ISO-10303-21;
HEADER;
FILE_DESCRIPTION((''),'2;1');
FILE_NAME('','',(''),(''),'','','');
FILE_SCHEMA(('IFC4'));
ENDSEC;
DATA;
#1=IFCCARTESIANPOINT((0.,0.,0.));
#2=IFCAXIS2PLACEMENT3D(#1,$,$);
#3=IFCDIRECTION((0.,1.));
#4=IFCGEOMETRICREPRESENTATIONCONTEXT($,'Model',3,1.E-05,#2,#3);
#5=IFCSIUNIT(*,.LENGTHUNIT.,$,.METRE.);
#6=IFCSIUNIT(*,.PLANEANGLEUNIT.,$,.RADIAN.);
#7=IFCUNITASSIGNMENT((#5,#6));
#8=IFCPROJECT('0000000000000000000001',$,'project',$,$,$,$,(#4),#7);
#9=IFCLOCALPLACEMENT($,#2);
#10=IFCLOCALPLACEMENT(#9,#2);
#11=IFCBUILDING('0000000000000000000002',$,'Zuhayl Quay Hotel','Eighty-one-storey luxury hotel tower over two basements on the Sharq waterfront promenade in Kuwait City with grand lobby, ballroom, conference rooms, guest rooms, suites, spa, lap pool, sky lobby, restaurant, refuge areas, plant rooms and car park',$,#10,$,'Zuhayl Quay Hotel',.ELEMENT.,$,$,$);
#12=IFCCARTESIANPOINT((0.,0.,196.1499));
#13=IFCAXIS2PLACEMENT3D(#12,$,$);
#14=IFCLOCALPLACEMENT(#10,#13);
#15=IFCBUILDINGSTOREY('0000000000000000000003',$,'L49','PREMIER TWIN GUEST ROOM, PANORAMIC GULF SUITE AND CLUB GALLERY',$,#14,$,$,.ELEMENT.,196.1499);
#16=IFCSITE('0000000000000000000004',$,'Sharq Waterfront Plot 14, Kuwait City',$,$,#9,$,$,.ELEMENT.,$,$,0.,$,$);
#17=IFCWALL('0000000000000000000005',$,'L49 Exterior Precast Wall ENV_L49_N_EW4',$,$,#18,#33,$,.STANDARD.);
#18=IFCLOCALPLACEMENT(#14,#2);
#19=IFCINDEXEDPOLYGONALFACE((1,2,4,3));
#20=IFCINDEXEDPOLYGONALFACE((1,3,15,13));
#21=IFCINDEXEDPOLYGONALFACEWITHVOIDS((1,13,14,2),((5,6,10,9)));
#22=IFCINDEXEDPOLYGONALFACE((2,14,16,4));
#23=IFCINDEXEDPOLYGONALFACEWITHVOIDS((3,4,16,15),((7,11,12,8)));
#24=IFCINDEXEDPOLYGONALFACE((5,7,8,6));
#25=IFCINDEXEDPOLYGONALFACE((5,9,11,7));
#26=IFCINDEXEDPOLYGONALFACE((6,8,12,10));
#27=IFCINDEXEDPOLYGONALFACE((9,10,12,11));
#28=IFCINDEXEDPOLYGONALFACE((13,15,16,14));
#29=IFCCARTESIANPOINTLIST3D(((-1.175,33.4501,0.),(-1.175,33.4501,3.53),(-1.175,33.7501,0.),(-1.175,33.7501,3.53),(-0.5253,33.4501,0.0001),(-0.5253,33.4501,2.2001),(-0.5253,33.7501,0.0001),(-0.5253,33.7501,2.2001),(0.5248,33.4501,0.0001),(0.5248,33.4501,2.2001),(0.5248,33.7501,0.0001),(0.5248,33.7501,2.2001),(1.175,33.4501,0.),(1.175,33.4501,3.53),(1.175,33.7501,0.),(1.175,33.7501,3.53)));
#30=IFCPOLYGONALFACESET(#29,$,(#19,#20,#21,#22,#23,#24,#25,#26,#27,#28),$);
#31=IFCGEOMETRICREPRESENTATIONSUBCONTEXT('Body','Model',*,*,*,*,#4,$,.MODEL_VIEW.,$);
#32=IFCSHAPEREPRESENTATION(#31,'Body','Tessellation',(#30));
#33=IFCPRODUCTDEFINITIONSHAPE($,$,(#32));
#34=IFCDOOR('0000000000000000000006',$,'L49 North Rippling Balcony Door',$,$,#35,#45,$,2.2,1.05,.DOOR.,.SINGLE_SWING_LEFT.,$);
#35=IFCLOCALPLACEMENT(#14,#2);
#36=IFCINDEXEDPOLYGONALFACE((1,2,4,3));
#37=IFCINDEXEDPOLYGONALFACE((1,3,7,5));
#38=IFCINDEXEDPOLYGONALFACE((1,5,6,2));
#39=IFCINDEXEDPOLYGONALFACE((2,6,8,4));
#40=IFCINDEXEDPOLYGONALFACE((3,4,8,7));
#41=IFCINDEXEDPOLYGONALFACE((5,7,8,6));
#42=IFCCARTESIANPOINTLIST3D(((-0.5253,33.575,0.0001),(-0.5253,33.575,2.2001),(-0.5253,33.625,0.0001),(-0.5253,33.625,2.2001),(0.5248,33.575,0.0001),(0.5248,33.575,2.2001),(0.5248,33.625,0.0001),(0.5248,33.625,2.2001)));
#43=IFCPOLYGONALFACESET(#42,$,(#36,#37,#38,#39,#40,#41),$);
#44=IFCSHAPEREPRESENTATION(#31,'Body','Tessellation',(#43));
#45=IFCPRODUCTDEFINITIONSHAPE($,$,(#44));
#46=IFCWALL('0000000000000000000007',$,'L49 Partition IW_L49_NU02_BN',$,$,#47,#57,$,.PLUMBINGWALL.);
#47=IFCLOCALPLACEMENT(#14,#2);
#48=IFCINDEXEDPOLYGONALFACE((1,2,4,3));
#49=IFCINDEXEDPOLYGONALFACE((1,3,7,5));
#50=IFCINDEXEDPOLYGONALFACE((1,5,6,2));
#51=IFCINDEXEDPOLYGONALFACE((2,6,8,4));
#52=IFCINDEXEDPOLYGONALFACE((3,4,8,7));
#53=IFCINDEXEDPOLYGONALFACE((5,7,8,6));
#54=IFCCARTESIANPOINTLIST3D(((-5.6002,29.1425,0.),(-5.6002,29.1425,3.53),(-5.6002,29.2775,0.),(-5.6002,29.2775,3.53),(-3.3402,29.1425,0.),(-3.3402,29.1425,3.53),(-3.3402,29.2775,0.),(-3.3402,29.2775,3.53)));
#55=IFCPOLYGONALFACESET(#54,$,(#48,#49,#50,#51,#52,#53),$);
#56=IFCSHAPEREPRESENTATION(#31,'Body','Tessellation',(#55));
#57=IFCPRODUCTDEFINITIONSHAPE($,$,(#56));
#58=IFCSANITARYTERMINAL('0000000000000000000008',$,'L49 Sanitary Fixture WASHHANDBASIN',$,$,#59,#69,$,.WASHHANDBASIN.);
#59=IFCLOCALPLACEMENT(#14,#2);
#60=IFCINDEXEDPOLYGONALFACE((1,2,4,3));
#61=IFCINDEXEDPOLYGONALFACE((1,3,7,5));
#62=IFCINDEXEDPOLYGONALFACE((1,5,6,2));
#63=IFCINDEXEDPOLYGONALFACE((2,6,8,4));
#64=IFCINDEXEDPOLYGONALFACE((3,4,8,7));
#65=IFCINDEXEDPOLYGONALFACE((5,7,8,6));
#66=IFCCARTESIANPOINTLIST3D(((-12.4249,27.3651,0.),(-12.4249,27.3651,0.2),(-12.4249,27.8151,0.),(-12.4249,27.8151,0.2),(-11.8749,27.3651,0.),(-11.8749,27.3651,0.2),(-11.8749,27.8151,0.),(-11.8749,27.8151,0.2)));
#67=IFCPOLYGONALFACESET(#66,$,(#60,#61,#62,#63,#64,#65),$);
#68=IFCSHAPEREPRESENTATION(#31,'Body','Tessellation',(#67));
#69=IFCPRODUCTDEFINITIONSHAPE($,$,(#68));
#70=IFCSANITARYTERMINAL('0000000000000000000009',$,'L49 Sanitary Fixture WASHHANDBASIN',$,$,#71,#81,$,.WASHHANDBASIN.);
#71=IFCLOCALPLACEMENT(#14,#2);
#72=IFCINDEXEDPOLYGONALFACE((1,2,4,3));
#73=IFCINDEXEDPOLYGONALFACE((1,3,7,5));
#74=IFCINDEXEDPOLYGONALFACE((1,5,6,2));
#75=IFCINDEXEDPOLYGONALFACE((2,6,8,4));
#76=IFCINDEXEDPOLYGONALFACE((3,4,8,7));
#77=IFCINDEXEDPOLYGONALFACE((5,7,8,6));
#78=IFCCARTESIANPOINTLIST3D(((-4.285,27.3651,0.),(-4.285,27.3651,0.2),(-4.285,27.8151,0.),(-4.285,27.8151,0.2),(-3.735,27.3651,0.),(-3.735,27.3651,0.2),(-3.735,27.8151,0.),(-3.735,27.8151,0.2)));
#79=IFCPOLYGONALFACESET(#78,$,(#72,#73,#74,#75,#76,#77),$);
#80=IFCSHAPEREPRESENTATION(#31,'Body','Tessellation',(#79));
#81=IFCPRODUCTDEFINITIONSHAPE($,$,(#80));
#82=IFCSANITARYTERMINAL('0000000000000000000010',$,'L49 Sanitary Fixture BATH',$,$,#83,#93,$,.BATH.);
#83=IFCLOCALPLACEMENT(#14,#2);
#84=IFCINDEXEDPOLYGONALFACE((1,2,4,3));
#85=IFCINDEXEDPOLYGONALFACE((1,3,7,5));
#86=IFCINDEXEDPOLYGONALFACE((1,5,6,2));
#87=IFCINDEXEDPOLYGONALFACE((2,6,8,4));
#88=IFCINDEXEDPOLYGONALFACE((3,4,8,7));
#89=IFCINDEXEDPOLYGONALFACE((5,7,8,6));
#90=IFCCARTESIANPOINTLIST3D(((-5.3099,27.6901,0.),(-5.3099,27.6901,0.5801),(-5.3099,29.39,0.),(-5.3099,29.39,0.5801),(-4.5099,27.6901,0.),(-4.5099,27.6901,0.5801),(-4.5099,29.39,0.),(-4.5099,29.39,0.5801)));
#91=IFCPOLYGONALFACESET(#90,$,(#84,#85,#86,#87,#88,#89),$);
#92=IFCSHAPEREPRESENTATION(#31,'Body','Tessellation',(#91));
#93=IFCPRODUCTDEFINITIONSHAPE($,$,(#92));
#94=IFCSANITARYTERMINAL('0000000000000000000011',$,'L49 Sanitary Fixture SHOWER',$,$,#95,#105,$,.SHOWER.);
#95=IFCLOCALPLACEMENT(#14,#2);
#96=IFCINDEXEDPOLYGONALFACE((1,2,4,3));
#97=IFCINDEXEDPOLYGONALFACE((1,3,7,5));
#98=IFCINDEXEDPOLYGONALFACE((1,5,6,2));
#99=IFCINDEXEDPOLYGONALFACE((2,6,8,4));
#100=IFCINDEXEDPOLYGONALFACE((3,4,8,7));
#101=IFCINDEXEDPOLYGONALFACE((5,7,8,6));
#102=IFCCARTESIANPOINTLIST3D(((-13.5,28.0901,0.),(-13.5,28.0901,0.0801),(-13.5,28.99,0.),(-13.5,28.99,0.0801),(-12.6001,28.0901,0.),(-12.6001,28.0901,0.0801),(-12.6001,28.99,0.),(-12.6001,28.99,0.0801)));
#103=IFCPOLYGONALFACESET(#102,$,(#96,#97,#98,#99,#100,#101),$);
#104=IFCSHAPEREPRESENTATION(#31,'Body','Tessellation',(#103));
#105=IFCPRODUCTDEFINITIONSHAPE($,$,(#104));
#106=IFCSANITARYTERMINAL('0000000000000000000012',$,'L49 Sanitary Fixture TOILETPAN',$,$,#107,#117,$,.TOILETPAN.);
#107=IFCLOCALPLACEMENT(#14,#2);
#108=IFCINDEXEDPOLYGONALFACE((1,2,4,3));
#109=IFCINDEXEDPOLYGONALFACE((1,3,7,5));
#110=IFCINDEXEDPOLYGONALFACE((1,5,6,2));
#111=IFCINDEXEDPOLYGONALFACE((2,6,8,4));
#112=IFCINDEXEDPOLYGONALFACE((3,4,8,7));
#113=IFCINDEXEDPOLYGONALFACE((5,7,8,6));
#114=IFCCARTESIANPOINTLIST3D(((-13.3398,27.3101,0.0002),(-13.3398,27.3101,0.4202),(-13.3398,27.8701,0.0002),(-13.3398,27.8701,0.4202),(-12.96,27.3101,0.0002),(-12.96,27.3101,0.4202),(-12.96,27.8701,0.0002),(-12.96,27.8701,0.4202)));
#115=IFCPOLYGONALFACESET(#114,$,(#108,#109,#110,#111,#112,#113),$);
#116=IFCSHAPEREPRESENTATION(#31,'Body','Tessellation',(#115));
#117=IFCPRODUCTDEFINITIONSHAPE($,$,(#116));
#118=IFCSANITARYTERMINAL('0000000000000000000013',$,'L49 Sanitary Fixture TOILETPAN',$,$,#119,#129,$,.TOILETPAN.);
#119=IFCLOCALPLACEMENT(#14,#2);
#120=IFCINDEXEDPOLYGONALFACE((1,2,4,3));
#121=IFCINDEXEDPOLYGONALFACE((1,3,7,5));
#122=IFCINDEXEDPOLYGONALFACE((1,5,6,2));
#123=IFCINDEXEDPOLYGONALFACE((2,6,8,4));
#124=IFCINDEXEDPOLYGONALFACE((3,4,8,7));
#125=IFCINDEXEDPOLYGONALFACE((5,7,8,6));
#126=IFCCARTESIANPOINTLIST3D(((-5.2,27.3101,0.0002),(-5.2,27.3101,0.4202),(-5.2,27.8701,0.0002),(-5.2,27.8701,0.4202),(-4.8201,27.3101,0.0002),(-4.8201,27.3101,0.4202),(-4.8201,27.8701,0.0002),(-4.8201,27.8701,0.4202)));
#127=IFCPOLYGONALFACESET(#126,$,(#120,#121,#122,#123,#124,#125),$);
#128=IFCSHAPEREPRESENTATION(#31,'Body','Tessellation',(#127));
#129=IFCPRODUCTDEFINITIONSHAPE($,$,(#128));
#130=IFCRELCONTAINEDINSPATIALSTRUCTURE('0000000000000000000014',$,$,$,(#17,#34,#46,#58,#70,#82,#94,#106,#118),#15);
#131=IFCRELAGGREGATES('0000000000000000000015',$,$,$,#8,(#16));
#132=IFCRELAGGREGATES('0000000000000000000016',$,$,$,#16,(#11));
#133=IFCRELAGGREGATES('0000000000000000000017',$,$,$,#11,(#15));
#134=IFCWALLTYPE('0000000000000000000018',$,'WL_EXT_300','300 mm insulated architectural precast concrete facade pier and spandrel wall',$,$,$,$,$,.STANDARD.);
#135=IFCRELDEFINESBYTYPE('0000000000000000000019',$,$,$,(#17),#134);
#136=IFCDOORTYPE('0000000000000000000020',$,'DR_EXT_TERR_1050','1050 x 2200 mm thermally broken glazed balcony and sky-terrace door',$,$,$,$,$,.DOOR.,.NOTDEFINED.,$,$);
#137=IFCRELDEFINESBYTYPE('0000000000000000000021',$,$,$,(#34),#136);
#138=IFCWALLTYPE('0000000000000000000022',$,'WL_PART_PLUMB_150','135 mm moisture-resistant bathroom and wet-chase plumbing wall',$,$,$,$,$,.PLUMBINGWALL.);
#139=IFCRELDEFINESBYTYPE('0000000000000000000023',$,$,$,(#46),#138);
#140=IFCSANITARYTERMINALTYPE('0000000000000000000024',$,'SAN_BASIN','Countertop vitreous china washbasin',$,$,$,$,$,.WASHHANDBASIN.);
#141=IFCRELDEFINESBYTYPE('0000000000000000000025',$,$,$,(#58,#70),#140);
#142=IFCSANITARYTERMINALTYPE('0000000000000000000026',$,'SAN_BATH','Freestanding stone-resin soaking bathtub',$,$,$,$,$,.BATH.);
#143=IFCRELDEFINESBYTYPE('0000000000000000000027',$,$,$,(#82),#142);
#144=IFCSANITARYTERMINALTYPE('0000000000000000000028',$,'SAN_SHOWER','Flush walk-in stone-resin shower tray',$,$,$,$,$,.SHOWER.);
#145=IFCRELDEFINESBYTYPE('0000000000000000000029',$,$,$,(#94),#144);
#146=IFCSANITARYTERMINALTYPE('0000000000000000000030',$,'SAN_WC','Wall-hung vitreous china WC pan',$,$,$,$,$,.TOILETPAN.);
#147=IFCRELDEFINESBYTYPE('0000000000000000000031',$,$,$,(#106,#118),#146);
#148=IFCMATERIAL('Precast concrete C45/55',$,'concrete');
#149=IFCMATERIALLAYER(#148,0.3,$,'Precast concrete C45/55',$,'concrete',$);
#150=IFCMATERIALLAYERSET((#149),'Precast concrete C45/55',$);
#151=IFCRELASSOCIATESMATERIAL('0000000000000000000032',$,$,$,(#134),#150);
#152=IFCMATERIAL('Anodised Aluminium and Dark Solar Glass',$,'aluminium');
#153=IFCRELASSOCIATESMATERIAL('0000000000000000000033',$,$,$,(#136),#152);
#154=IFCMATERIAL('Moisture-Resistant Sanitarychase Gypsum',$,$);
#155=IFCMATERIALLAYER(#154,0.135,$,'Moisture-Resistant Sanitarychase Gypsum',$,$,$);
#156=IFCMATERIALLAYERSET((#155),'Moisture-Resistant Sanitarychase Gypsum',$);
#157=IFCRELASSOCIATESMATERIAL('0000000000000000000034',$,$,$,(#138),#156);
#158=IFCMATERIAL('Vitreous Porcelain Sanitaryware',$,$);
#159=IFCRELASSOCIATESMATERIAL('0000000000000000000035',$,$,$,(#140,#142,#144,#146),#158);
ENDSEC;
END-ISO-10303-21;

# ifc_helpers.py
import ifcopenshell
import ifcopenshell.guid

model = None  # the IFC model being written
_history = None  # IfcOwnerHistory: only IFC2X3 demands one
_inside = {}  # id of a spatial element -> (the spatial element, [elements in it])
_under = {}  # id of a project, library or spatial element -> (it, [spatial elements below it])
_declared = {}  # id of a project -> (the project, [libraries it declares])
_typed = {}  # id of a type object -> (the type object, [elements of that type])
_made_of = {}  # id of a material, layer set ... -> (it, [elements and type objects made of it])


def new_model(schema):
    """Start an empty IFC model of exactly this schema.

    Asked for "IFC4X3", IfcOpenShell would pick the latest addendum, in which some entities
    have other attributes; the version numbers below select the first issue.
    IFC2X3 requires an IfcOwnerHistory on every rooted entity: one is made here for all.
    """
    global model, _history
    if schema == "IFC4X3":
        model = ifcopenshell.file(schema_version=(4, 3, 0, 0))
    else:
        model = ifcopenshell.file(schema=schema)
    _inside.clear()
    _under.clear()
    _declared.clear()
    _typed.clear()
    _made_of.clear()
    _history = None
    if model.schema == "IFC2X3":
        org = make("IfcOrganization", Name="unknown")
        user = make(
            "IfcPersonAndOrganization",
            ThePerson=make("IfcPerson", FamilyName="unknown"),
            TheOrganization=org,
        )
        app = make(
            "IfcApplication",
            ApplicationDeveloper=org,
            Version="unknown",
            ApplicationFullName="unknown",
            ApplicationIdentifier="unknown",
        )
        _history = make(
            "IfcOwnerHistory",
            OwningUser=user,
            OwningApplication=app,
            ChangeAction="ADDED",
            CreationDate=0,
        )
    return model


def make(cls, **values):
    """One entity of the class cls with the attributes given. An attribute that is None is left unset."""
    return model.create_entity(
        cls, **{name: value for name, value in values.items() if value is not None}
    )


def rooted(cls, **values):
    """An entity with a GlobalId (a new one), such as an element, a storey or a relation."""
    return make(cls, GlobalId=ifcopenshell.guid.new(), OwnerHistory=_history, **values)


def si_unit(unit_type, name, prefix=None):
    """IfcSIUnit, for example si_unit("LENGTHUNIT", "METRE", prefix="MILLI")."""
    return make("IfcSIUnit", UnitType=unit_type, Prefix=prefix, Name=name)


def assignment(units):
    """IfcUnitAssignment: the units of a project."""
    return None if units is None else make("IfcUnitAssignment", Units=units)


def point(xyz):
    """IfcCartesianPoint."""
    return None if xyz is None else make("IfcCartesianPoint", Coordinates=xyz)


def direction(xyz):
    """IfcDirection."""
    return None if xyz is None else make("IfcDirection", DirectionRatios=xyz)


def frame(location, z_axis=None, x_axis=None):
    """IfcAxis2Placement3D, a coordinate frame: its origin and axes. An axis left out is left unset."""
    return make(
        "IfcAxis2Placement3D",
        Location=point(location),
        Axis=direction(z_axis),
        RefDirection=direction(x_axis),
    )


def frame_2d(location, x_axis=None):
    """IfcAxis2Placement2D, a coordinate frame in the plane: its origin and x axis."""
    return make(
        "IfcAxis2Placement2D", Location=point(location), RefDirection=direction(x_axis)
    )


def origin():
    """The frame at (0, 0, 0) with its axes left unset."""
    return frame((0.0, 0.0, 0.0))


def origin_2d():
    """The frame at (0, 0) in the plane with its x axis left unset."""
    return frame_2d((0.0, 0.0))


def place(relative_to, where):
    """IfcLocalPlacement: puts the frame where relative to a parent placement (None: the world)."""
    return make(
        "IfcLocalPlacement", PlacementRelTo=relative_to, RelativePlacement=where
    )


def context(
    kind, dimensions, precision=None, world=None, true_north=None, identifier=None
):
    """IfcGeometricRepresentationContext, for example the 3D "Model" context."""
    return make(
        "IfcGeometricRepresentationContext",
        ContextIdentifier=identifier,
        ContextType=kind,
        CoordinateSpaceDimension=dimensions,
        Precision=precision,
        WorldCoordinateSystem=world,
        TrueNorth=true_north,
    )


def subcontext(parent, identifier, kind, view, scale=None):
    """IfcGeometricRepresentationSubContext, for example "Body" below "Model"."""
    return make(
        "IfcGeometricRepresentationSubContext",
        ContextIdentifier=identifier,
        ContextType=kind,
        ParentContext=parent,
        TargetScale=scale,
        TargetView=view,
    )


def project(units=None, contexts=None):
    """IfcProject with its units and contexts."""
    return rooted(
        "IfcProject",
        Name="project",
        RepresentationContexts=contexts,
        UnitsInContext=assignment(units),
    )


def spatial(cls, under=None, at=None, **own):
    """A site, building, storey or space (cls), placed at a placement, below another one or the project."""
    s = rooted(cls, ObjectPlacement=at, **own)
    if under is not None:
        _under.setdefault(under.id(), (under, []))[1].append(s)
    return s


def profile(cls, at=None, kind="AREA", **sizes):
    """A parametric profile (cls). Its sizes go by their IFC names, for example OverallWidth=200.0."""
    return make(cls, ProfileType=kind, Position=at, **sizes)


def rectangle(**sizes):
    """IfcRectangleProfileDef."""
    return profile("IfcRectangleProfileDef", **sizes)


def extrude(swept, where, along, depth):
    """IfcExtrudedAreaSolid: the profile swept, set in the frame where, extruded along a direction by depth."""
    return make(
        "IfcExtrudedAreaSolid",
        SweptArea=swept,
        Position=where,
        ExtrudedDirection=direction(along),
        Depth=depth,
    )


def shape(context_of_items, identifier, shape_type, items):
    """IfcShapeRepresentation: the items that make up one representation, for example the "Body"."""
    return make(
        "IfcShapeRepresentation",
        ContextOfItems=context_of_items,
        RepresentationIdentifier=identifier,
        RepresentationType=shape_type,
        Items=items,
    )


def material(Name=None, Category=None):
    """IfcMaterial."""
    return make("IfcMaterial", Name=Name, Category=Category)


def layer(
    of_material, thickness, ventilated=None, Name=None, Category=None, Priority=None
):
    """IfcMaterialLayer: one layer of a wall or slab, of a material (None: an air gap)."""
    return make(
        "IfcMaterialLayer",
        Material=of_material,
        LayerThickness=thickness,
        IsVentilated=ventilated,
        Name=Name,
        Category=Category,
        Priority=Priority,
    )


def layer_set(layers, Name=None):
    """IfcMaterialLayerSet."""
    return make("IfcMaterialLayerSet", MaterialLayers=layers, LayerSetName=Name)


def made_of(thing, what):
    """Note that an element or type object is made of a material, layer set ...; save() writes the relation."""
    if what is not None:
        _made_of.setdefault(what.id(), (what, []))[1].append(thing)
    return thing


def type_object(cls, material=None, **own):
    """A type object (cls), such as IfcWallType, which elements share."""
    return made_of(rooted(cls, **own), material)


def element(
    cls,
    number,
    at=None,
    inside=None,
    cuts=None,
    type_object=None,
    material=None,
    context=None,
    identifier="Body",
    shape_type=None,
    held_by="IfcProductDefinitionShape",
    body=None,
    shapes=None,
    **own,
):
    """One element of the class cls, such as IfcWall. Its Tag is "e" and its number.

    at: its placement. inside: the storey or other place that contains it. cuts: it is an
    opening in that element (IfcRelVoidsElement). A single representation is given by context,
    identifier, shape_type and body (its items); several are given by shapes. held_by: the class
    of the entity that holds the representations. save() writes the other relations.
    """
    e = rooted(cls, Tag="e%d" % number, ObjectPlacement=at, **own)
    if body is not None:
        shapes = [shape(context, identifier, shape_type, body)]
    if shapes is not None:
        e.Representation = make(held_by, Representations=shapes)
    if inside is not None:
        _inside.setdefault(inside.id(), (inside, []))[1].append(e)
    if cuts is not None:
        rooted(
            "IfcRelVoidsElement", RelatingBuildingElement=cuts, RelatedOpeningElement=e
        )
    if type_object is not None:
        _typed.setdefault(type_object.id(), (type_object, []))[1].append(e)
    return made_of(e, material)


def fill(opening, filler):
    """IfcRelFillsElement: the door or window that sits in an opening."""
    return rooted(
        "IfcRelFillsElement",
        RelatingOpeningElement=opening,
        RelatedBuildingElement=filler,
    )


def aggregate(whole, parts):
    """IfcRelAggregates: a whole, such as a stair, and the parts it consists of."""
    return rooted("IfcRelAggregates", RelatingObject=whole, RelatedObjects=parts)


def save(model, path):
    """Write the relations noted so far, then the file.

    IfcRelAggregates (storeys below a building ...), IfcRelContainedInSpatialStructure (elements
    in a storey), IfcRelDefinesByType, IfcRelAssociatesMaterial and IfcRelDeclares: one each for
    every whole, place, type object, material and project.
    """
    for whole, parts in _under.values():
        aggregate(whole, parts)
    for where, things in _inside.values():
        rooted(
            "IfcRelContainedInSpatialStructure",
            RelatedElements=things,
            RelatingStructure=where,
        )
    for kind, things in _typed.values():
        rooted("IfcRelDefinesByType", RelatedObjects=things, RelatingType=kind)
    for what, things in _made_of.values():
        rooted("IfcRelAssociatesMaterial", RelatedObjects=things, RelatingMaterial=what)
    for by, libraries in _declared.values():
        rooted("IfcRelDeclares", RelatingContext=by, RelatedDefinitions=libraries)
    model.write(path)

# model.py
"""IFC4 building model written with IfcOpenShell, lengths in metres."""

from ifc_helpers import new_model, si_unit, direction, frame, frame_2d, origin, origin_2d, place, context, subcontext, project, spatial, rectangle, extrude, material, layer, layer_set, type_object, element, fill, save


model = new_model("IFC4")

# Units and contexts
model_context = context("Model", 3, precision=1e-05, world=origin(), true_north=direction((0.0, 1.0)))
body_context = subcontext(model_context, "Body", "Model", "MODEL_VIEW")
ifc_project = project(units=[si_unit("LENGTHUNIT", "METRE"), si_unit("PLANEANGLEUNIT", "RADIAN")], contexts=[model_context])

# Site, building, storey
site_placement = place(None, origin())
site = spatial("IfcSite", under=ifc_project, at=site_placement, Name="Sharq Waterfront Plot 14, Kuwait City", CompositionType="ELEMENT", RefElevation=0.0)
building_placement = place(site_placement, origin())
building = spatial("IfcBuilding", under=site, at=building_placement, Name="Zuhayl Quay Hotel", Description="Eighty-one-storey luxury hotel tower over two basements on the Sharq waterfront promenade in Kuwait City with grand lobby, ballroom, conference rooms, guest rooms, suites, spa, lap pool, sky lobby, restaurant, refuge areas, plant rooms and car park", LongName="Zuhayl Quay Hotel", CompositionType="ELEMENT")
storey_placement = place(building_placement, frame((0.0, 0.0, 196.1499)))
storey = spatial("IfcBuildingStorey", under=building, at=storey_placement, Name="L49", Description="PREMIER TWIN GUEST ROOM, PANORAMIC GULF SUITE AND CLUB GALLERY", CompositionType="ELEMENT", Elevation=196.1499)

# Shared definitions
ifc_material_1 = material(Name="Precast concrete C45/55", Category="concrete")
ifc_layer_1 = layer(ifc_material_1, 0.3, Name="Precast concrete C45/55", Category="concrete")
ifc_layer_set_1 = layer_set([ifc_layer_1], Name="Precast concrete C45/55")
wall_type_1 = type_object("IfcWallType", Name="WL_EXT_300", Description="300 mm insulated architectural precast concrete facade pier and spandrel wall", PredefinedType="STANDARD", material=ifc_layer_set_1)

# Wall, opening, door
wall_1_placement = place(storey_placement, frame((-1.175, 33.6001, 0.0), z_axis=(0.0, 0.0, 1.0), x_axis=(1.0, 0.0, 0.0)))
wall_1 = element("IfcWall", 1, at=wall_1_placement, inside=storey, type_object=wall_type_1, Name="L49 Exterior Precast Wall ENV_L49_N_EW4", PredefinedType="STANDARD", context=body_context, shape_type="SweptSolid", body=[
    extrude(rectangle(XDim=2.3501, YDim=0.3, at=frame_2d((1.175, 0.0))), origin(), (0.0, 0.0, 1.0), 3.53),
])
opening_1_placement = place(wall_1_placement, frame((0.6499, 0.0, 0.0)))
opening_1 = element("IfcOpeningElement", 2, at=opening_1_placement, cuts=wall_1, PredefinedType="OPENING", context=body_context, shape_type="SweptSolid", body=[
    extrude(rectangle(XDim=1.05, YDim=2.2, at=frame_2d((0.5249, 1.1001))), frame((0.0, 0.1599, 0.0), z_axis=(0.0, -1.0, 0.0), x_axis=(1.0, 0.0, 0.0)), (0.0, 0.0, 1.0), 0.3201),
])
ifc_material_2 = material(Name="Anodised Aluminium and Dark Solar Glass", Category="aluminium")
door_type = type_object("IfcDoorType", Name="DR_EXT_TERR_1050", Description="1050 x 2200 mm thermally broken glazed balcony and sky-terrace door", OperationType="NOTDEFINED", PredefinedType="DOOR", material=ifc_material_2)
door_placement = place(opening_1_placement, origin())
door = element("IfcDoor", 3, at=door_placement, inside=storey, type_object=door_type, Name="L49 North Rippling Balcony Door", OperationType="SINGLE_SWING_LEFT", OverallHeight=2.2, OverallWidth=1.05, PredefinedType="DOOR", context=body_context, shape_type="SweptSolid", body=[
    extrude(rectangle(XDim=1.05, YDim=2.2, at=frame_2d((0.5249, 1.1001))), frame((0.0, 0.0249, 0.0), z_axis=(0.0, -1.0, 0.0), x_axis=(1.0, 0.0, 0.0)), (0.0, 0.0, 1.0), 0.05),
])
fill(opening_1, door)

# Wall
ifc_material_3 = material(Name="Moisture-Resistant Sanitarychase Gypsum")
ifc_layer_2 = layer(ifc_material_3, 0.135, Name="Moisture-Resistant Sanitarychase Gypsum")
ifc_layer_set_2 = layer_set([ifc_layer_2], Name="Moisture-Resistant Sanitarychase Gypsum")
wall_type_2 = type_object("IfcWallType", Name="WL_PART_PLUMB_150", Description="135 mm moisture-resistant bathroom and wet-chase plumbing wall", PredefinedType="PLUMBINGWALL", material=ifc_layer_set_2)
wall_2_placement = place(storey_placement, frame((-5.6001, 29.21, 0.0), z_axis=(0.0, 0.0, 1.0), x_axis=(1.0, 0.0, 0.0)))
element("IfcWall", 4, at=wall_2_placement, inside=storey, type_object=wall_type_2, Name="L49 Partition IW_L49_NU02_BN", PredefinedType="PLUMBINGWALL", context=body_context, shape_type="SweptSolid", body=[
    extrude(rectangle(XDim=2.26, YDim=0.135, at=frame_2d((1.1299, 0.0))), origin(), (0.0, 0.0, 1.0), 3.53),
])

# Sanitary terminals
ifc_material_4 = material(Name="Vitreous Porcelain Sanitaryware")
sanitary_terminal_type_1 = type_object("IfcSanitaryTerminalType", Name="SAN_BASIN", Description="Countertop vitreous china washbasin", PredefinedType="WASHHANDBASIN", material=ifc_material_4)
for number, where, z_axis, x_axis, name in (
    (5, (-12.1499, 27.5901, 0.0), (0.0, 0.0, 1.0), (1.0, 0.0, 0.0), "L49 Sanitary Fixture WASHHANDBASIN"),
    (6, (-4.01, 27.5901, 0.0), (0.0, 0.0, 1.0), (1.0, 0.0, 0.0), "L49 Sanitary Fixture WASHHANDBASIN"),
):
    element("IfcSanitaryTerminal", number, at=place(storey_placement, frame(where, z_axis=z_axis, x_axis=x_axis)), inside=storey, type_object=sanitary_terminal_type_1, Name=name, PredefinedType="WASHHANDBASIN", context=body_context, shape_type="SweptSolid", body=[
        extrude(rectangle(XDim=0.55, YDim=0.45, at=origin_2d()), origin(), (0.0, 0.0, 1.0), 0.2),
    ])
sanitary_terminal_type_2 = type_object("IfcSanitaryTerminalType", Name="SAN_BATH", Description="Freestanding stone-resin soaking bathtub", PredefinedType="BATH", material=ifc_material_4)
sanitary_terminal_1_placement = place(storey_placement, frame((-4.9099, 28.54, 0.0), z_axis=(0.0, 0.0, 1.0), x_axis=(1.0, 0.0, 0.0)))
element("IfcSanitaryTerminal", 7, at=sanitary_terminal_1_placement, inside=storey, type_object=sanitary_terminal_type_2, Name="L49 Sanitary Fixture BATH", PredefinedType="BATH", context=body_context, shape_type="SweptSolid", body=[
    extrude(rectangle(XDim=0.8, YDim=1.7, at=origin_2d()), origin(), (0.0, 0.0, 1.0), 0.5801),
])
sanitary_terminal_type_3 = type_object("IfcSanitaryTerminalType", Name="SAN_SHOWER", Description="Flush walk-in stone-resin shower tray", PredefinedType="SHOWER", material=ifc_material_4)
sanitary_terminal_2_placement = place(storey_placement, frame((-13.05, 28.54, 0.0), z_axis=(0.0, 0.0, 1.0), x_axis=(1.0, 0.0, 0.0)))
element("IfcSanitaryTerminal", 8, at=sanitary_terminal_2_placement, inside=storey, type_object=sanitary_terminal_type_3, Name="L49 Sanitary Fixture SHOWER", PredefinedType="SHOWER", context=body_context, shape_type="SweptSolid", body=[
    extrude(rectangle(XDim=0.8999, YDim=0.8999, at=origin_2d()), origin(), (0.0, 0.0, 1.0), 0.0801),
])
sanitary_terminal_type_4 = type_object("IfcSanitaryTerminalType", Name="SAN_WC", Description="Wall-hung vitreous china WC pan", PredefinedType="TOILETPAN", material=ifc_material_4)
for number, where, z_axis, x_axis, name in (
    (9, (-13.1499, 27.5901, 0.0002), (0.0, 0.0, 1.0), (1.0, 0.0, 0.0), "L49 Sanitary Fixture TOILETPAN"),
    (10, (-5.01, 27.5901, 0.0002), (0.0, 0.0, 1.0), (1.0, 0.0, 0.0), "L49 Sanitary Fixture TOILETPAN"),
):
    element("IfcSanitaryTerminal", number, at=place(storey_placement, frame(where, z_axis=z_axis, x_axis=x_axis)), inside=storey, type_object=sanitary_terminal_type_4, Name=name, PredefinedType="TOILETPAN", context=body_context, shape_type="SweptSolid", body=[
        extrude(rectangle(XDim=0.3799, YDim=0.5601, at=origin_2d()), origin(), (0.0, 0.0, 1.0), 0.4199),
    ])

save(model, "model.ifc")
